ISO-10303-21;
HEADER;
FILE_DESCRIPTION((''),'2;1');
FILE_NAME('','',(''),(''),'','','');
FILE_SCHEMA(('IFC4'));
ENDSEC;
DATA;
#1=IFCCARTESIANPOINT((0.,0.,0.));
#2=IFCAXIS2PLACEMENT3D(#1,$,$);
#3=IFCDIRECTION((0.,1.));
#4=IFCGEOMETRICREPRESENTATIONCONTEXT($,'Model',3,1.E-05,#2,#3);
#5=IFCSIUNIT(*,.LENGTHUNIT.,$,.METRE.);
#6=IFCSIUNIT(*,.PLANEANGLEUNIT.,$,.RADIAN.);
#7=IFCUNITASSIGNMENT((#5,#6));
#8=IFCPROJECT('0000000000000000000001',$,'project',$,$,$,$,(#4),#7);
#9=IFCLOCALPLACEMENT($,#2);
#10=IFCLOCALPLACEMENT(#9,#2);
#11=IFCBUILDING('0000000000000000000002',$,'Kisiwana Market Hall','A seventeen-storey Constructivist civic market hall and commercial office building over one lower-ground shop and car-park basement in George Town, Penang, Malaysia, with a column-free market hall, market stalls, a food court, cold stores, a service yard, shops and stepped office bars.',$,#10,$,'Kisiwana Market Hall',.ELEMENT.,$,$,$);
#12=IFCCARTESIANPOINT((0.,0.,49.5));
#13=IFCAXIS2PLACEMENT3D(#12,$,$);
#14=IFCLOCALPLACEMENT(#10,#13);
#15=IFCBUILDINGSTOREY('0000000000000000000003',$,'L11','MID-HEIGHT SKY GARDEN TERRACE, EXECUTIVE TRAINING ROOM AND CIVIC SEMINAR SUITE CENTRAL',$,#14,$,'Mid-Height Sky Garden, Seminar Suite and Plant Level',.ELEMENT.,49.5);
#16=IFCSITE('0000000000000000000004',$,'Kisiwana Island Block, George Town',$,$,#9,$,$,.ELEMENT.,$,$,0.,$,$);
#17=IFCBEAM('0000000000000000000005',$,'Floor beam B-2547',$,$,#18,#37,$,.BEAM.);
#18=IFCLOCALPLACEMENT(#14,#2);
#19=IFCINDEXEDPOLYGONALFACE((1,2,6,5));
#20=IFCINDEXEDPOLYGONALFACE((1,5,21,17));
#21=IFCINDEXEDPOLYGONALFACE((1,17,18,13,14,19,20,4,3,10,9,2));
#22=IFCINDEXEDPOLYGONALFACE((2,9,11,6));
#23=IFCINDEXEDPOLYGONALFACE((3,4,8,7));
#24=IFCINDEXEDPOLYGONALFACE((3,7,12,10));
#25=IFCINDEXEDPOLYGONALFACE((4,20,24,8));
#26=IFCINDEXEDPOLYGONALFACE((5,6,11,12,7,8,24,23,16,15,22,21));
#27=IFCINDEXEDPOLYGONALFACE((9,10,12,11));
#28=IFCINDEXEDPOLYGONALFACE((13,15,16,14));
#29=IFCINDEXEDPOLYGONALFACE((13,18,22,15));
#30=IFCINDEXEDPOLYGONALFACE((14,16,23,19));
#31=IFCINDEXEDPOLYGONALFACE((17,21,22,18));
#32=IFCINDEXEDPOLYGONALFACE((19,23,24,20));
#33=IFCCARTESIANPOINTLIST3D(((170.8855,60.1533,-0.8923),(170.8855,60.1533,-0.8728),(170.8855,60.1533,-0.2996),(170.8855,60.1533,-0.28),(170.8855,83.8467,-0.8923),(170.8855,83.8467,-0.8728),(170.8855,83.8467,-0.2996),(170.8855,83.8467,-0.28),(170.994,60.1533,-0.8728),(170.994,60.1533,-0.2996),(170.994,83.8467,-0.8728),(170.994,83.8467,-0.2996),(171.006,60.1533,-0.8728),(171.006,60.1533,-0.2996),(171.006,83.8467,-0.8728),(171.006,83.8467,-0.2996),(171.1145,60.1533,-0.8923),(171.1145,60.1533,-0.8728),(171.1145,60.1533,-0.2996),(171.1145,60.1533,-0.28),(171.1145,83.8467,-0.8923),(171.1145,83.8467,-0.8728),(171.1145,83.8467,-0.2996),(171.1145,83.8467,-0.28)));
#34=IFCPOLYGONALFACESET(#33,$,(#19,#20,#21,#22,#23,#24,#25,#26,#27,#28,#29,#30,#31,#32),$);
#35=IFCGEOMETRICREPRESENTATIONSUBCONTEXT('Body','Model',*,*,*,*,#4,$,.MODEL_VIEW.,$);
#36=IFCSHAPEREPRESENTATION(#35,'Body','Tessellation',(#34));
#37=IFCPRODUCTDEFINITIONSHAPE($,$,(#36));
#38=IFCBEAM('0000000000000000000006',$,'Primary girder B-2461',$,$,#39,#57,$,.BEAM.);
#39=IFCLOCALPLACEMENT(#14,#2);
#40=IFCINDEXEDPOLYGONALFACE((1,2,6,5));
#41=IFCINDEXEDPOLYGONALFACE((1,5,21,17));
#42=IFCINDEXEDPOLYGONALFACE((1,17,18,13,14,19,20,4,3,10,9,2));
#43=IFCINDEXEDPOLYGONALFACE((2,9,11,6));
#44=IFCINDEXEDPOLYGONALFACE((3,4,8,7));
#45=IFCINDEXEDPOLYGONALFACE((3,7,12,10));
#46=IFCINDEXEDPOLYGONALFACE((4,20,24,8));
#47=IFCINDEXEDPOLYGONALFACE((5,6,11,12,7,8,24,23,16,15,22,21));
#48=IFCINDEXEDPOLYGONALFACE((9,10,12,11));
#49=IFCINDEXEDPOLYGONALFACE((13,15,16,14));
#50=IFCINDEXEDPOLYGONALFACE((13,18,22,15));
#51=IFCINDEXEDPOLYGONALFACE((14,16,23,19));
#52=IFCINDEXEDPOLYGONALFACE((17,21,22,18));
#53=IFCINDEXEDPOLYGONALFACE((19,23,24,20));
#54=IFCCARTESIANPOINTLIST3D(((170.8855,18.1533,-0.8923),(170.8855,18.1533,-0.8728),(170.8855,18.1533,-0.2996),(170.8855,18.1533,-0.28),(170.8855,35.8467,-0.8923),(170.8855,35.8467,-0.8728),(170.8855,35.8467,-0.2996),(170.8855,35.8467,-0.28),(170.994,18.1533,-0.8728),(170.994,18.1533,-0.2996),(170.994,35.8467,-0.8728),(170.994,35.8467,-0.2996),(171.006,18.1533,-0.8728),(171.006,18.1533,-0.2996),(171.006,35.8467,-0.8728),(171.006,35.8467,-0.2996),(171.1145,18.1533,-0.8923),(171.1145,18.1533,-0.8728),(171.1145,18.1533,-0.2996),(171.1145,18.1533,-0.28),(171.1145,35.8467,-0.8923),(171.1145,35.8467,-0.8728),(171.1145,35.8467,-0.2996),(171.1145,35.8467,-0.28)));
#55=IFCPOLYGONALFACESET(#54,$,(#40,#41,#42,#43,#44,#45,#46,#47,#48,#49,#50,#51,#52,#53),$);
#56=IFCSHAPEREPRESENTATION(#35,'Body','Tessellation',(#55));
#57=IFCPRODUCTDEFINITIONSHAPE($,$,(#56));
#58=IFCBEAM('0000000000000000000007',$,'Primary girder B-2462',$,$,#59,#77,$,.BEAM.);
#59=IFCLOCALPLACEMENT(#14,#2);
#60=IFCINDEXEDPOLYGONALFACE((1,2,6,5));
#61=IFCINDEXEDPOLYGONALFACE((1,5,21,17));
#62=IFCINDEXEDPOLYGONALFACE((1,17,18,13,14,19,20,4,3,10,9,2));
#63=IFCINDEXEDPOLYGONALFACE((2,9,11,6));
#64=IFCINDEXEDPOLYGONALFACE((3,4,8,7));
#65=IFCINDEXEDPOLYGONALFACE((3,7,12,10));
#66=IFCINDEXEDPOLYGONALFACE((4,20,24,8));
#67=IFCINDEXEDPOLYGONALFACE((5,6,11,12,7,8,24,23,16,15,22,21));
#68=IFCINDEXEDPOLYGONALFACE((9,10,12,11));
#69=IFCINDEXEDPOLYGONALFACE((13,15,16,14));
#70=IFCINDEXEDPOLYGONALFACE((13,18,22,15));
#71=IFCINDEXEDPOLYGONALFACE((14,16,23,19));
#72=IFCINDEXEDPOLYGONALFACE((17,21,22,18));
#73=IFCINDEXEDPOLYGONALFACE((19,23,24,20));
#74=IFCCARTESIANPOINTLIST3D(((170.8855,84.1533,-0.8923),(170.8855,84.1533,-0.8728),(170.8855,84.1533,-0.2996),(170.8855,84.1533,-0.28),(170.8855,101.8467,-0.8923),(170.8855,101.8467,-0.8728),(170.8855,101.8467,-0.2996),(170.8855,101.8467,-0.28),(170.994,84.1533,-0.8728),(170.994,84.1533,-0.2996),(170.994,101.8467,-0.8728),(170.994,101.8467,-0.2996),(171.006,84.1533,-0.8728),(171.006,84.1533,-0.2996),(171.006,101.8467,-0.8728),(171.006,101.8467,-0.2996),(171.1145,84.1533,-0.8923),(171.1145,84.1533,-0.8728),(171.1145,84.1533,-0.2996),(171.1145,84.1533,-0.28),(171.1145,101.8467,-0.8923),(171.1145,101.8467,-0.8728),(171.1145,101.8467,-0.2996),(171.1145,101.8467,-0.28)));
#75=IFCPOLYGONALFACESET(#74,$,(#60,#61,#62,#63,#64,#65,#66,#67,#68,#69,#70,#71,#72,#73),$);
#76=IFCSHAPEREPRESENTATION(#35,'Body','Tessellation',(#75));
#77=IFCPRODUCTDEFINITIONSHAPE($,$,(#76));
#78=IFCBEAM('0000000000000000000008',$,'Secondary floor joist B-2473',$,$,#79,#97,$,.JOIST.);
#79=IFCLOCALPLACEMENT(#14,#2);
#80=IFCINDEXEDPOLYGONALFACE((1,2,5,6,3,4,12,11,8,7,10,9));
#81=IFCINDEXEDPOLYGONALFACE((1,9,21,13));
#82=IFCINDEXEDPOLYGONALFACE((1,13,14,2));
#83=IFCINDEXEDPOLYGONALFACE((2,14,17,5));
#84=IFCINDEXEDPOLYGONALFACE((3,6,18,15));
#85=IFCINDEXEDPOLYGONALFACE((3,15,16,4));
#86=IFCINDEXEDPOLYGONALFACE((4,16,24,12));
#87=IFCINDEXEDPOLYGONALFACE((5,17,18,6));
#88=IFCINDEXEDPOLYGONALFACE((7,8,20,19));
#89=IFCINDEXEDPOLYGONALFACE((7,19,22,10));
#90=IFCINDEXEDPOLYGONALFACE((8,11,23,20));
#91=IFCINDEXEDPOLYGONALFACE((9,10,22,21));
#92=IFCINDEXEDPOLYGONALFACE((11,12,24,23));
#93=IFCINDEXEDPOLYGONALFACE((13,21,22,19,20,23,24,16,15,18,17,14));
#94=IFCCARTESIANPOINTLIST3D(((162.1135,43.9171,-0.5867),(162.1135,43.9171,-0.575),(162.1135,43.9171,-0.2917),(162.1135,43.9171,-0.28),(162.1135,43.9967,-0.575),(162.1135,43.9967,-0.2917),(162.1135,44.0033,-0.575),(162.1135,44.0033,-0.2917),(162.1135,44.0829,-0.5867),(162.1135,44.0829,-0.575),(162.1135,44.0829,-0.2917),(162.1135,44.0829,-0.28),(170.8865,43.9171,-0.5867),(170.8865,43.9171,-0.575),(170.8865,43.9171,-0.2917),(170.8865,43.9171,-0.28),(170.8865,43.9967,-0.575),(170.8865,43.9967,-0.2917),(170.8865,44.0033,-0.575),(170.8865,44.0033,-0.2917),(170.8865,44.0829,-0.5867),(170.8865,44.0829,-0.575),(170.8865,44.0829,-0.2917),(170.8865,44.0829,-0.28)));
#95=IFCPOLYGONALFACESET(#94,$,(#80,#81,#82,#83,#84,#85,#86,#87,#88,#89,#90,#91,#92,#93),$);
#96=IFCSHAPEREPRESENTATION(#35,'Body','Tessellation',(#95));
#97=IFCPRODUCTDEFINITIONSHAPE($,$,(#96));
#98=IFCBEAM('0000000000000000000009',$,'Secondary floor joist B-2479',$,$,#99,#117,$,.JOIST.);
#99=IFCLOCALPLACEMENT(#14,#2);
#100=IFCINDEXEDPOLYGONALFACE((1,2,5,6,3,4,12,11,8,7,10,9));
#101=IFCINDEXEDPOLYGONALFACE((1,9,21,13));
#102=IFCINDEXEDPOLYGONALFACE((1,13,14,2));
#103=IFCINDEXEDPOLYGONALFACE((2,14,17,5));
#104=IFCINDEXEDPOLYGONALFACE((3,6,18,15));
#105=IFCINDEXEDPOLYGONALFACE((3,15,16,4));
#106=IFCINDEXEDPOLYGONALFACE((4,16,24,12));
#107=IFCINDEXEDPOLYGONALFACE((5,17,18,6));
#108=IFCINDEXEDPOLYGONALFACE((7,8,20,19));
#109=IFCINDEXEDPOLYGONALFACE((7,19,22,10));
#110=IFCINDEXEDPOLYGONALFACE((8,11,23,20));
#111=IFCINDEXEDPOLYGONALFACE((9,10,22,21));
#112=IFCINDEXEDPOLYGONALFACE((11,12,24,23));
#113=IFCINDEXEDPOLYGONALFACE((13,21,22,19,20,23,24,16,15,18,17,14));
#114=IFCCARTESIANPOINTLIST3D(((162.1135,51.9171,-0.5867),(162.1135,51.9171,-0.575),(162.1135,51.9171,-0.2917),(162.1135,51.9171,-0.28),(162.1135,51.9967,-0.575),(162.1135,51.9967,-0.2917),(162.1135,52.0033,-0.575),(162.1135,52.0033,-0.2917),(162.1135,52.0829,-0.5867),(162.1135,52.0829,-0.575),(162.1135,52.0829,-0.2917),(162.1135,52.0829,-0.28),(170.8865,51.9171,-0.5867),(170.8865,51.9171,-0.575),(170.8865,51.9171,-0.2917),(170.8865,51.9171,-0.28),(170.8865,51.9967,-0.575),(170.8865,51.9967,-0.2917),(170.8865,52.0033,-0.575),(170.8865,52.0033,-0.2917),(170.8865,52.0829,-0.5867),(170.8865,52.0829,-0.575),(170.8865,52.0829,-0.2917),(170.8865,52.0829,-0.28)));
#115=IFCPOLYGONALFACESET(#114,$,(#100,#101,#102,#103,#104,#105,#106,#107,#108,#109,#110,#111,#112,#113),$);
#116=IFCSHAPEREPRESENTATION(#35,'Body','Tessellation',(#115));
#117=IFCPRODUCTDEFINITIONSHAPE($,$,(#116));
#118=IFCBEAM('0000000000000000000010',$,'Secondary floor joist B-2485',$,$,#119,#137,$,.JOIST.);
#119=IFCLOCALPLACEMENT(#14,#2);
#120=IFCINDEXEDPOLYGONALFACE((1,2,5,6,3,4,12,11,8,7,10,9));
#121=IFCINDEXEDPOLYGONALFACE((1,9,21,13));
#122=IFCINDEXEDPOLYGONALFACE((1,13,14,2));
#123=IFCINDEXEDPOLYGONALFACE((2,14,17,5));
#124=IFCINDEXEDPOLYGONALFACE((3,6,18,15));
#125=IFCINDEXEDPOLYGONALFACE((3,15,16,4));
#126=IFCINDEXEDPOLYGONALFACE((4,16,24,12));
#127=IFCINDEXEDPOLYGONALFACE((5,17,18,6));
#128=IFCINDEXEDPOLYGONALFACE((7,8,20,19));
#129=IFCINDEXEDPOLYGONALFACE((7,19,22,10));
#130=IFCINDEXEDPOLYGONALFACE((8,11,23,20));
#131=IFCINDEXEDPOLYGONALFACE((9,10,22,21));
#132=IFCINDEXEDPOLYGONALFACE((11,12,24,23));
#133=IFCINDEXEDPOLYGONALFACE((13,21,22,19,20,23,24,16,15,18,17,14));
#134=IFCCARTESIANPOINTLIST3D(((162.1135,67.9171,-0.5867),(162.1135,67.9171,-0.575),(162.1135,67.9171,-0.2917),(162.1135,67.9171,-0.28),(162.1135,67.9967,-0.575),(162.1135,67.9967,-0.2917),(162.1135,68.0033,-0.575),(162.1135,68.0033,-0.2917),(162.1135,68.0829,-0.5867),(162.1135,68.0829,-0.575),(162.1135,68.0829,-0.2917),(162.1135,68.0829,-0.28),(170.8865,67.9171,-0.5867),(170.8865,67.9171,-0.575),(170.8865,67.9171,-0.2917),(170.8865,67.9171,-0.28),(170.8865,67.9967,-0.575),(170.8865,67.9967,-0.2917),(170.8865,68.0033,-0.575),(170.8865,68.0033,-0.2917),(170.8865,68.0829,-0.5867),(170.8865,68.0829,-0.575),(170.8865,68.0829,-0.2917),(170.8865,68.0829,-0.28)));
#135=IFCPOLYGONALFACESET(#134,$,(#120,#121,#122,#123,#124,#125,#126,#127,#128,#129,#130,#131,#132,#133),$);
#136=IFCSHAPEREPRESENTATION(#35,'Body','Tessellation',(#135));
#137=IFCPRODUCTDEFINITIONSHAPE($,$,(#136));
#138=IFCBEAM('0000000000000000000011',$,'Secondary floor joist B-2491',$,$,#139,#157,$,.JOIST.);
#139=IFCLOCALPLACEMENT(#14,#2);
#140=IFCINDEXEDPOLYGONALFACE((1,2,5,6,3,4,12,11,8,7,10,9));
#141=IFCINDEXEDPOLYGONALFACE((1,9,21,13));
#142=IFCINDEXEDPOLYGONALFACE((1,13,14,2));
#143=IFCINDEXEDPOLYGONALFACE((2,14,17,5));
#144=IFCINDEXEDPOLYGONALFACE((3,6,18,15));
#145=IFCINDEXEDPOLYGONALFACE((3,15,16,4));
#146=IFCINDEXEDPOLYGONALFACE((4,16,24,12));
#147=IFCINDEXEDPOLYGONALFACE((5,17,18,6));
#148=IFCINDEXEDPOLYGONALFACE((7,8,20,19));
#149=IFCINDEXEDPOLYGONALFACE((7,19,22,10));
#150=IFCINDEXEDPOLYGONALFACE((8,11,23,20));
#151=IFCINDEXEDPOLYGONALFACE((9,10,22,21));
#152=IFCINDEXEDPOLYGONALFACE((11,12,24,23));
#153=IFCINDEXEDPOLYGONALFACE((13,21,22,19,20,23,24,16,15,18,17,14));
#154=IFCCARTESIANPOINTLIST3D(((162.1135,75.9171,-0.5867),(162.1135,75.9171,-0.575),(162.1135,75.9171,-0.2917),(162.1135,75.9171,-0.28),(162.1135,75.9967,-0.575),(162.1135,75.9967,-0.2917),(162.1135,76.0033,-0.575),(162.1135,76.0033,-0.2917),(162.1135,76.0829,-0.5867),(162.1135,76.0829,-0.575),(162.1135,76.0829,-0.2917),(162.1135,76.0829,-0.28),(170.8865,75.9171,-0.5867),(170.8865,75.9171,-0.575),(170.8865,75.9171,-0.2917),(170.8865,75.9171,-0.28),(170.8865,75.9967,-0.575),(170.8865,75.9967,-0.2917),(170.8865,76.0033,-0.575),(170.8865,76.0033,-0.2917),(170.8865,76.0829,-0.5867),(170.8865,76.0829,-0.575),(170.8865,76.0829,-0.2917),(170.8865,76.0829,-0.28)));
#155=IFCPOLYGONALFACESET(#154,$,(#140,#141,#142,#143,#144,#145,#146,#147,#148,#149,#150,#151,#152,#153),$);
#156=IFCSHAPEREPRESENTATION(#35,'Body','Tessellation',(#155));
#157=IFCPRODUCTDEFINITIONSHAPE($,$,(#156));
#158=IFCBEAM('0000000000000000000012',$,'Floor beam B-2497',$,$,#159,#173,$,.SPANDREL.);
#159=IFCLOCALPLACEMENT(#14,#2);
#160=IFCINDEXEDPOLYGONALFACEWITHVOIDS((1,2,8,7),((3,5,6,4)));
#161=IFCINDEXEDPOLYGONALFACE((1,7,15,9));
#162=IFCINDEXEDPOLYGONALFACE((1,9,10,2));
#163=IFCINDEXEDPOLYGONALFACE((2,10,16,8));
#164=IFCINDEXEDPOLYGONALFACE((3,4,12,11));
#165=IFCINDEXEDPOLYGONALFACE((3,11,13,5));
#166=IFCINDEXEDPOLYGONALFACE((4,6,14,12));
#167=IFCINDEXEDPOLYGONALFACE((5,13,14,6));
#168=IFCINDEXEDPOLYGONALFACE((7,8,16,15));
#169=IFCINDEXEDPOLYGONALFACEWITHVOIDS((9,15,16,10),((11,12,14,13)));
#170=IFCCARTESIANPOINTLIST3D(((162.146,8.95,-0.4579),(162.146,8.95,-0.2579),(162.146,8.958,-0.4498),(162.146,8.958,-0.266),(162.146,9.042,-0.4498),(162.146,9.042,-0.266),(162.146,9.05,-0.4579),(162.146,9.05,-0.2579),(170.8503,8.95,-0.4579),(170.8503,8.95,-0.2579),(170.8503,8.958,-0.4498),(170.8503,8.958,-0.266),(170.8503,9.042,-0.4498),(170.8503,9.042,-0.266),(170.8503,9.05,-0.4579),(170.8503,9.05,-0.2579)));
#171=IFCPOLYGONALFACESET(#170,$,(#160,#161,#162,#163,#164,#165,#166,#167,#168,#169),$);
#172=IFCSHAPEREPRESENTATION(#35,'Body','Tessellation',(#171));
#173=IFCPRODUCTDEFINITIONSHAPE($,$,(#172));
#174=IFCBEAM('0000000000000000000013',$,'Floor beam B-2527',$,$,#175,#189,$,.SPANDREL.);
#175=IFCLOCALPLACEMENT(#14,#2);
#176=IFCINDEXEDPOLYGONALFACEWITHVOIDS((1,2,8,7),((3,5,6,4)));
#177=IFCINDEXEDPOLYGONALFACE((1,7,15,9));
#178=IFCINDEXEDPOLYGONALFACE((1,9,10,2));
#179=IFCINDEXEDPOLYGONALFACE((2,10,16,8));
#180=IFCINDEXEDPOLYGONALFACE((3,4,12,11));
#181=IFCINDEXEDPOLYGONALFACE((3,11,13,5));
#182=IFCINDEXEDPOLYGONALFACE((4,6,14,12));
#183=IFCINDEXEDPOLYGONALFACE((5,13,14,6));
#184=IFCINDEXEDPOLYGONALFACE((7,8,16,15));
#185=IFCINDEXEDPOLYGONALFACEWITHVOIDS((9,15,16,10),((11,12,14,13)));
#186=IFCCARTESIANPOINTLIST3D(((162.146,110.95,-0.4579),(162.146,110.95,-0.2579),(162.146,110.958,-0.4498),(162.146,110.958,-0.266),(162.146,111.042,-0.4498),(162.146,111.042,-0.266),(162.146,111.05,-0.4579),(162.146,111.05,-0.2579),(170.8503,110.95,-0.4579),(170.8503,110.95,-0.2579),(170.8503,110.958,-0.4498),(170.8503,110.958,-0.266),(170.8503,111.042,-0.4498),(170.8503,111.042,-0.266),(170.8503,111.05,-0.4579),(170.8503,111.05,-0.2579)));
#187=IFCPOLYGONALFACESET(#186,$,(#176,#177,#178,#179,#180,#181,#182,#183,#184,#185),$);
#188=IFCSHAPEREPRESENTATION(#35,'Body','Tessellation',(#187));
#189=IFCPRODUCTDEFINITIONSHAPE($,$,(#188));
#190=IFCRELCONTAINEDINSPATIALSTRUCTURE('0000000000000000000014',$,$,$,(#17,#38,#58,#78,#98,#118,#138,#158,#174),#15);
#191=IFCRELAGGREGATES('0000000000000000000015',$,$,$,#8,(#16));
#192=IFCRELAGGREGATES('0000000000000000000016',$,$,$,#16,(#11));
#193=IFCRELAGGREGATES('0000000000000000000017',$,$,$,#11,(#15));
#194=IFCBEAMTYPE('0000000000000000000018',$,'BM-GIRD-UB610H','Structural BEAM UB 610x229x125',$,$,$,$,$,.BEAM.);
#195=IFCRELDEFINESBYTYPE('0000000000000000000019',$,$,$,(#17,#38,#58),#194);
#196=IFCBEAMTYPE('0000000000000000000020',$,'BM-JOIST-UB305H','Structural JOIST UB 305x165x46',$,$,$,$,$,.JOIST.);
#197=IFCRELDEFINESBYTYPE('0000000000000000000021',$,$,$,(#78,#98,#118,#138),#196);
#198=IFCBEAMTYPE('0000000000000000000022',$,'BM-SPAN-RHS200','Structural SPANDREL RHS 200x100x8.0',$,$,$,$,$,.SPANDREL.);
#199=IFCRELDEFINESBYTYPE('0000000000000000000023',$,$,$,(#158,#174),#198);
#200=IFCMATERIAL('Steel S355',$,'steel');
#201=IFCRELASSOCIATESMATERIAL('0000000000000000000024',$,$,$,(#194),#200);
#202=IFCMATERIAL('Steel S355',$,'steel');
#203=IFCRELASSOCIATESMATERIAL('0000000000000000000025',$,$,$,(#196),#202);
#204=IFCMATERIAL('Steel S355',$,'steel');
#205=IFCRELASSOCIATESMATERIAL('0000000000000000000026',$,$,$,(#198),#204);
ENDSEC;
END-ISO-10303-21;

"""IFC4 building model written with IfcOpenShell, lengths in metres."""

from ifc_helpers import new_model, si_unit, direction, frame, origin, origin_2d, place, context, subcontext, project, spatial, hollow_rectangle, i_section, extrude, material, material_profile, profile_set, type_object, element, save


model = new_model("IFC4")

# Units and contexts
model_context = context("Model", 3, precision=1e-05, world=origin(), true_north=direction((0.0, 1.0)))
body_context = subcontext(model_context, "Body", "Model", "MODEL_VIEW")
ifc_project = project(units=[si_unit("LENGTHUNIT", "METRE"), si_unit("PLANEANGLEUNIT", "RADIAN")], contexts=[model_context])

# Site, building, storey
site_placement = place(None, origin())
site = spatial("IfcSite", under=ifc_project, at=site_placement, Name="Kisiwana Island Block, George Town", CompositionType="ELEMENT", RefElevation=0.0)
building_placement = place(site_placement, origin())
building = spatial("IfcBuilding", under=site, at=building_placement, Name="Kisiwana Market Hall", Description="A seventeen-storey Constructivist civic market hall and commercial office building over one lower-ground shop and car-park basement in George Town, Penang, Malaysia, with a column-free market hall, market stalls, a food court, cold stores, a service yard, shops and stepped office bars.", LongName="Kisiwana Market Hall", CompositionType="ELEMENT")
storey_placement = place(building_placement, frame((0.0, 0.0, 49.5)))
storey = spatial("IfcBuildingStorey", under=building, at=storey_placement, Name="L11", Description="MID-HEIGHT SKY GARDEN TERRACE, EXECUTIVE TRAINING ROOM AND CIVIC SEMINAR SUITE CENTRAL", LongName="Mid-Height Sky Garden, Seminar Suite and Plant Level", CompositionType="ELEMENT", Elevation=49.5)

# Beams
ifc_material_1 = material(Name="Steel S355", Category="steel")
ifc_material_profile_1 = material_profile(ifc_material_1, i_section(OverallWidth=0.229, OverallDepth=0.6123, WebThickness=0.012, FlangeThickness=0.0195, at=origin_2d()), Name="UB 610x229x125")
ifc_profile_set_1 = profile_set([ifc_material_profile_1], Name="Steel S355")
beam_type_1 = type_object("IfcBeamType", Name="BM-GIRD-UB610H", Description="Structural BEAM UB 610x229x125", PredefinedType="BEAM", material=ifc_profile_set_1)
for number, where, z_axis, x_axis, name in (
    (1, (171.0, 60.1533, -0.5862), (0.0, 1.0, 0.0), (-1.0, 0.0, 0.0), "Floor beam B-2547"),
):
    element("IfcBeam", number, at=place(storey_placement, frame(where, z_axis=z_axis, x_axis=x_axis)), inside=storey, type_object=beam_type_1, Name=name, PredefinedType="BEAM", context=body_context, shape_type="SweptSolid", body=[
        extrude(i_section(OverallWidth=0.229, OverallDepth=0.6123, WebThickness=0.012, FlangeThickness=0.0195, at=origin_2d()), origin(), (0.0, 0.0, 1.0), 23.6934),
    ])
for number, where, z_axis, x_axis, name in (
    (2, (171.0, 18.1533, -0.5862), (0.0, 1.0, 0.0), (-1.0, 0.0, 0.0), "Primary girder B-2461"),
    (3, (171.0, 84.1533, -0.5862), (0.0, 1.0, 0.0), (-1.0, 0.0, 0.0), "Primary girder B-2462"),
):
    element("IfcBeam", number, at=place(storey_placement, frame(where, z_axis=z_axis, x_axis=x_axis)), inside=storey, type_object=beam_type_1, Name=name, PredefinedType="BEAM", context=body_context, shape_type="SweptSolid", body=[
        extrude(i_section(OverallWidth=0.229, OverallDepth=0.6123, WebThickness=0.012, FlangeThickness=0.0195, at=origin_2d()), origin(), (0.0, 0.0, 1.0), 17.6934),
    ])
ifc_material_2 = material(Name="Steel S355", Category="steel")
ifc_material_profile_2 = material_profile(ifc_material_2, i_section(OverallWidth=0.1658, OverallDepth=0.3066, WebThickness=0.0066, FlangeThickness=0.0117, at=origin_2d()), Name="UB 305x165x46")
ifc_profile_set_2 = profile_set([ifc_material_profile_2], Name="Steel S355")
beam_type_2 = type_object("IfcBeamType", Name="BM-JOIST-UB305H", Description="Structural JOIST UB 305x165x46", PredefinedType="JOIST", material=ifc_profile_set_2)
for number, where, z_axis, x_axis, name in (
    (4, (162.1135, 44.0, -0.4333), (1.0, 0.0, 0.0), (0.0, 1.0, 0.0), "Secondary floor joist B-2473"),
    (5, (162.1135, 52.0, -0.4333), (1.0, 0.0, 0.0), (0.0, 1.0, 0.0), "Secondary floor joist B-2479"),
    (6, (162.1135, 68.0, -0.4333), (1.0, 0.0, 0.0), (0.0, 1.0, 0.0), "Secondary floor joist B-2485"),
    (7, (162.1135, 76.0, -0.4333), (1.0, 0.0, 0.0), (0.0, 1.0, 0.0), "Secondary floor joist B-2491"),
):
    element("IfcBeam", number, at=place(storey_placement, frame(where, z_axis=z_axis, x_axis=x_axis)), inside=storey, type_object=beam_type_2, Name=name, PredefinedType="JOIST", context=body_context, shape_type="SweptSolid", body=[
        extrude(i_section(OverallWidth=0.1658, OverallDepth=0.3066, WebThickness=0.0066, FlangeThickness=0.0117, at=origin_2d()), origin(), (0.0, 0.0, 1.0), 8.7729),
    ])
ifc_material_3 = material(Name="Steel S355", Category="steel")
ifc_material_profile_3 = material_profile(ifc_material_3, hollow_rectangle(XDim=0.1001, YDim=0.2, WallThickness=0.0081, at=origin_2d()), Name="RHS 200x100x8.0")
ifc_profile_set_3 = profile_set([ifc_material_profile_3], Name="Steel S355")
beam_type_3 = type_object("IfcBeamType", Name="BM-SPAN-RHS200", Description="Structural SPANDREL RHS 200x100x8.0", PredefinedType="SPANDREL", material=ifc_profile_set_3)
for number, where, z_axis, x_axis, name in (
    (8, (162.146, 9.0, -0.3579), (1.0, 0.0, 0.0), (0.0, 1.0, 0.0), "Floor beam B-2497"),
    (9, (162.146, 111.0, -0.3579), (1.0, 0.0, 0.0), (0.0, 1.0, 0.0), "Floor beam B-2527"),
):
    element("IfcBeam", number, at=place(storey_placement, frame(where, z_axis=z_axis, x_axis=x_axis)), inside=storey, type_object=beam_type_3, Name=name, PredefinedType="SPANDREL", context=body_context, shape_type="SweptSolid", body=[
        extrude(hollow_rectangle(XDim=0.1001, YDim=0.2, WallThickness=0.0081, at=origin_2d()), origin(), (0.0, 0.0, 1.0), 8.7043),
    ])

save(model, "model.ifc")
